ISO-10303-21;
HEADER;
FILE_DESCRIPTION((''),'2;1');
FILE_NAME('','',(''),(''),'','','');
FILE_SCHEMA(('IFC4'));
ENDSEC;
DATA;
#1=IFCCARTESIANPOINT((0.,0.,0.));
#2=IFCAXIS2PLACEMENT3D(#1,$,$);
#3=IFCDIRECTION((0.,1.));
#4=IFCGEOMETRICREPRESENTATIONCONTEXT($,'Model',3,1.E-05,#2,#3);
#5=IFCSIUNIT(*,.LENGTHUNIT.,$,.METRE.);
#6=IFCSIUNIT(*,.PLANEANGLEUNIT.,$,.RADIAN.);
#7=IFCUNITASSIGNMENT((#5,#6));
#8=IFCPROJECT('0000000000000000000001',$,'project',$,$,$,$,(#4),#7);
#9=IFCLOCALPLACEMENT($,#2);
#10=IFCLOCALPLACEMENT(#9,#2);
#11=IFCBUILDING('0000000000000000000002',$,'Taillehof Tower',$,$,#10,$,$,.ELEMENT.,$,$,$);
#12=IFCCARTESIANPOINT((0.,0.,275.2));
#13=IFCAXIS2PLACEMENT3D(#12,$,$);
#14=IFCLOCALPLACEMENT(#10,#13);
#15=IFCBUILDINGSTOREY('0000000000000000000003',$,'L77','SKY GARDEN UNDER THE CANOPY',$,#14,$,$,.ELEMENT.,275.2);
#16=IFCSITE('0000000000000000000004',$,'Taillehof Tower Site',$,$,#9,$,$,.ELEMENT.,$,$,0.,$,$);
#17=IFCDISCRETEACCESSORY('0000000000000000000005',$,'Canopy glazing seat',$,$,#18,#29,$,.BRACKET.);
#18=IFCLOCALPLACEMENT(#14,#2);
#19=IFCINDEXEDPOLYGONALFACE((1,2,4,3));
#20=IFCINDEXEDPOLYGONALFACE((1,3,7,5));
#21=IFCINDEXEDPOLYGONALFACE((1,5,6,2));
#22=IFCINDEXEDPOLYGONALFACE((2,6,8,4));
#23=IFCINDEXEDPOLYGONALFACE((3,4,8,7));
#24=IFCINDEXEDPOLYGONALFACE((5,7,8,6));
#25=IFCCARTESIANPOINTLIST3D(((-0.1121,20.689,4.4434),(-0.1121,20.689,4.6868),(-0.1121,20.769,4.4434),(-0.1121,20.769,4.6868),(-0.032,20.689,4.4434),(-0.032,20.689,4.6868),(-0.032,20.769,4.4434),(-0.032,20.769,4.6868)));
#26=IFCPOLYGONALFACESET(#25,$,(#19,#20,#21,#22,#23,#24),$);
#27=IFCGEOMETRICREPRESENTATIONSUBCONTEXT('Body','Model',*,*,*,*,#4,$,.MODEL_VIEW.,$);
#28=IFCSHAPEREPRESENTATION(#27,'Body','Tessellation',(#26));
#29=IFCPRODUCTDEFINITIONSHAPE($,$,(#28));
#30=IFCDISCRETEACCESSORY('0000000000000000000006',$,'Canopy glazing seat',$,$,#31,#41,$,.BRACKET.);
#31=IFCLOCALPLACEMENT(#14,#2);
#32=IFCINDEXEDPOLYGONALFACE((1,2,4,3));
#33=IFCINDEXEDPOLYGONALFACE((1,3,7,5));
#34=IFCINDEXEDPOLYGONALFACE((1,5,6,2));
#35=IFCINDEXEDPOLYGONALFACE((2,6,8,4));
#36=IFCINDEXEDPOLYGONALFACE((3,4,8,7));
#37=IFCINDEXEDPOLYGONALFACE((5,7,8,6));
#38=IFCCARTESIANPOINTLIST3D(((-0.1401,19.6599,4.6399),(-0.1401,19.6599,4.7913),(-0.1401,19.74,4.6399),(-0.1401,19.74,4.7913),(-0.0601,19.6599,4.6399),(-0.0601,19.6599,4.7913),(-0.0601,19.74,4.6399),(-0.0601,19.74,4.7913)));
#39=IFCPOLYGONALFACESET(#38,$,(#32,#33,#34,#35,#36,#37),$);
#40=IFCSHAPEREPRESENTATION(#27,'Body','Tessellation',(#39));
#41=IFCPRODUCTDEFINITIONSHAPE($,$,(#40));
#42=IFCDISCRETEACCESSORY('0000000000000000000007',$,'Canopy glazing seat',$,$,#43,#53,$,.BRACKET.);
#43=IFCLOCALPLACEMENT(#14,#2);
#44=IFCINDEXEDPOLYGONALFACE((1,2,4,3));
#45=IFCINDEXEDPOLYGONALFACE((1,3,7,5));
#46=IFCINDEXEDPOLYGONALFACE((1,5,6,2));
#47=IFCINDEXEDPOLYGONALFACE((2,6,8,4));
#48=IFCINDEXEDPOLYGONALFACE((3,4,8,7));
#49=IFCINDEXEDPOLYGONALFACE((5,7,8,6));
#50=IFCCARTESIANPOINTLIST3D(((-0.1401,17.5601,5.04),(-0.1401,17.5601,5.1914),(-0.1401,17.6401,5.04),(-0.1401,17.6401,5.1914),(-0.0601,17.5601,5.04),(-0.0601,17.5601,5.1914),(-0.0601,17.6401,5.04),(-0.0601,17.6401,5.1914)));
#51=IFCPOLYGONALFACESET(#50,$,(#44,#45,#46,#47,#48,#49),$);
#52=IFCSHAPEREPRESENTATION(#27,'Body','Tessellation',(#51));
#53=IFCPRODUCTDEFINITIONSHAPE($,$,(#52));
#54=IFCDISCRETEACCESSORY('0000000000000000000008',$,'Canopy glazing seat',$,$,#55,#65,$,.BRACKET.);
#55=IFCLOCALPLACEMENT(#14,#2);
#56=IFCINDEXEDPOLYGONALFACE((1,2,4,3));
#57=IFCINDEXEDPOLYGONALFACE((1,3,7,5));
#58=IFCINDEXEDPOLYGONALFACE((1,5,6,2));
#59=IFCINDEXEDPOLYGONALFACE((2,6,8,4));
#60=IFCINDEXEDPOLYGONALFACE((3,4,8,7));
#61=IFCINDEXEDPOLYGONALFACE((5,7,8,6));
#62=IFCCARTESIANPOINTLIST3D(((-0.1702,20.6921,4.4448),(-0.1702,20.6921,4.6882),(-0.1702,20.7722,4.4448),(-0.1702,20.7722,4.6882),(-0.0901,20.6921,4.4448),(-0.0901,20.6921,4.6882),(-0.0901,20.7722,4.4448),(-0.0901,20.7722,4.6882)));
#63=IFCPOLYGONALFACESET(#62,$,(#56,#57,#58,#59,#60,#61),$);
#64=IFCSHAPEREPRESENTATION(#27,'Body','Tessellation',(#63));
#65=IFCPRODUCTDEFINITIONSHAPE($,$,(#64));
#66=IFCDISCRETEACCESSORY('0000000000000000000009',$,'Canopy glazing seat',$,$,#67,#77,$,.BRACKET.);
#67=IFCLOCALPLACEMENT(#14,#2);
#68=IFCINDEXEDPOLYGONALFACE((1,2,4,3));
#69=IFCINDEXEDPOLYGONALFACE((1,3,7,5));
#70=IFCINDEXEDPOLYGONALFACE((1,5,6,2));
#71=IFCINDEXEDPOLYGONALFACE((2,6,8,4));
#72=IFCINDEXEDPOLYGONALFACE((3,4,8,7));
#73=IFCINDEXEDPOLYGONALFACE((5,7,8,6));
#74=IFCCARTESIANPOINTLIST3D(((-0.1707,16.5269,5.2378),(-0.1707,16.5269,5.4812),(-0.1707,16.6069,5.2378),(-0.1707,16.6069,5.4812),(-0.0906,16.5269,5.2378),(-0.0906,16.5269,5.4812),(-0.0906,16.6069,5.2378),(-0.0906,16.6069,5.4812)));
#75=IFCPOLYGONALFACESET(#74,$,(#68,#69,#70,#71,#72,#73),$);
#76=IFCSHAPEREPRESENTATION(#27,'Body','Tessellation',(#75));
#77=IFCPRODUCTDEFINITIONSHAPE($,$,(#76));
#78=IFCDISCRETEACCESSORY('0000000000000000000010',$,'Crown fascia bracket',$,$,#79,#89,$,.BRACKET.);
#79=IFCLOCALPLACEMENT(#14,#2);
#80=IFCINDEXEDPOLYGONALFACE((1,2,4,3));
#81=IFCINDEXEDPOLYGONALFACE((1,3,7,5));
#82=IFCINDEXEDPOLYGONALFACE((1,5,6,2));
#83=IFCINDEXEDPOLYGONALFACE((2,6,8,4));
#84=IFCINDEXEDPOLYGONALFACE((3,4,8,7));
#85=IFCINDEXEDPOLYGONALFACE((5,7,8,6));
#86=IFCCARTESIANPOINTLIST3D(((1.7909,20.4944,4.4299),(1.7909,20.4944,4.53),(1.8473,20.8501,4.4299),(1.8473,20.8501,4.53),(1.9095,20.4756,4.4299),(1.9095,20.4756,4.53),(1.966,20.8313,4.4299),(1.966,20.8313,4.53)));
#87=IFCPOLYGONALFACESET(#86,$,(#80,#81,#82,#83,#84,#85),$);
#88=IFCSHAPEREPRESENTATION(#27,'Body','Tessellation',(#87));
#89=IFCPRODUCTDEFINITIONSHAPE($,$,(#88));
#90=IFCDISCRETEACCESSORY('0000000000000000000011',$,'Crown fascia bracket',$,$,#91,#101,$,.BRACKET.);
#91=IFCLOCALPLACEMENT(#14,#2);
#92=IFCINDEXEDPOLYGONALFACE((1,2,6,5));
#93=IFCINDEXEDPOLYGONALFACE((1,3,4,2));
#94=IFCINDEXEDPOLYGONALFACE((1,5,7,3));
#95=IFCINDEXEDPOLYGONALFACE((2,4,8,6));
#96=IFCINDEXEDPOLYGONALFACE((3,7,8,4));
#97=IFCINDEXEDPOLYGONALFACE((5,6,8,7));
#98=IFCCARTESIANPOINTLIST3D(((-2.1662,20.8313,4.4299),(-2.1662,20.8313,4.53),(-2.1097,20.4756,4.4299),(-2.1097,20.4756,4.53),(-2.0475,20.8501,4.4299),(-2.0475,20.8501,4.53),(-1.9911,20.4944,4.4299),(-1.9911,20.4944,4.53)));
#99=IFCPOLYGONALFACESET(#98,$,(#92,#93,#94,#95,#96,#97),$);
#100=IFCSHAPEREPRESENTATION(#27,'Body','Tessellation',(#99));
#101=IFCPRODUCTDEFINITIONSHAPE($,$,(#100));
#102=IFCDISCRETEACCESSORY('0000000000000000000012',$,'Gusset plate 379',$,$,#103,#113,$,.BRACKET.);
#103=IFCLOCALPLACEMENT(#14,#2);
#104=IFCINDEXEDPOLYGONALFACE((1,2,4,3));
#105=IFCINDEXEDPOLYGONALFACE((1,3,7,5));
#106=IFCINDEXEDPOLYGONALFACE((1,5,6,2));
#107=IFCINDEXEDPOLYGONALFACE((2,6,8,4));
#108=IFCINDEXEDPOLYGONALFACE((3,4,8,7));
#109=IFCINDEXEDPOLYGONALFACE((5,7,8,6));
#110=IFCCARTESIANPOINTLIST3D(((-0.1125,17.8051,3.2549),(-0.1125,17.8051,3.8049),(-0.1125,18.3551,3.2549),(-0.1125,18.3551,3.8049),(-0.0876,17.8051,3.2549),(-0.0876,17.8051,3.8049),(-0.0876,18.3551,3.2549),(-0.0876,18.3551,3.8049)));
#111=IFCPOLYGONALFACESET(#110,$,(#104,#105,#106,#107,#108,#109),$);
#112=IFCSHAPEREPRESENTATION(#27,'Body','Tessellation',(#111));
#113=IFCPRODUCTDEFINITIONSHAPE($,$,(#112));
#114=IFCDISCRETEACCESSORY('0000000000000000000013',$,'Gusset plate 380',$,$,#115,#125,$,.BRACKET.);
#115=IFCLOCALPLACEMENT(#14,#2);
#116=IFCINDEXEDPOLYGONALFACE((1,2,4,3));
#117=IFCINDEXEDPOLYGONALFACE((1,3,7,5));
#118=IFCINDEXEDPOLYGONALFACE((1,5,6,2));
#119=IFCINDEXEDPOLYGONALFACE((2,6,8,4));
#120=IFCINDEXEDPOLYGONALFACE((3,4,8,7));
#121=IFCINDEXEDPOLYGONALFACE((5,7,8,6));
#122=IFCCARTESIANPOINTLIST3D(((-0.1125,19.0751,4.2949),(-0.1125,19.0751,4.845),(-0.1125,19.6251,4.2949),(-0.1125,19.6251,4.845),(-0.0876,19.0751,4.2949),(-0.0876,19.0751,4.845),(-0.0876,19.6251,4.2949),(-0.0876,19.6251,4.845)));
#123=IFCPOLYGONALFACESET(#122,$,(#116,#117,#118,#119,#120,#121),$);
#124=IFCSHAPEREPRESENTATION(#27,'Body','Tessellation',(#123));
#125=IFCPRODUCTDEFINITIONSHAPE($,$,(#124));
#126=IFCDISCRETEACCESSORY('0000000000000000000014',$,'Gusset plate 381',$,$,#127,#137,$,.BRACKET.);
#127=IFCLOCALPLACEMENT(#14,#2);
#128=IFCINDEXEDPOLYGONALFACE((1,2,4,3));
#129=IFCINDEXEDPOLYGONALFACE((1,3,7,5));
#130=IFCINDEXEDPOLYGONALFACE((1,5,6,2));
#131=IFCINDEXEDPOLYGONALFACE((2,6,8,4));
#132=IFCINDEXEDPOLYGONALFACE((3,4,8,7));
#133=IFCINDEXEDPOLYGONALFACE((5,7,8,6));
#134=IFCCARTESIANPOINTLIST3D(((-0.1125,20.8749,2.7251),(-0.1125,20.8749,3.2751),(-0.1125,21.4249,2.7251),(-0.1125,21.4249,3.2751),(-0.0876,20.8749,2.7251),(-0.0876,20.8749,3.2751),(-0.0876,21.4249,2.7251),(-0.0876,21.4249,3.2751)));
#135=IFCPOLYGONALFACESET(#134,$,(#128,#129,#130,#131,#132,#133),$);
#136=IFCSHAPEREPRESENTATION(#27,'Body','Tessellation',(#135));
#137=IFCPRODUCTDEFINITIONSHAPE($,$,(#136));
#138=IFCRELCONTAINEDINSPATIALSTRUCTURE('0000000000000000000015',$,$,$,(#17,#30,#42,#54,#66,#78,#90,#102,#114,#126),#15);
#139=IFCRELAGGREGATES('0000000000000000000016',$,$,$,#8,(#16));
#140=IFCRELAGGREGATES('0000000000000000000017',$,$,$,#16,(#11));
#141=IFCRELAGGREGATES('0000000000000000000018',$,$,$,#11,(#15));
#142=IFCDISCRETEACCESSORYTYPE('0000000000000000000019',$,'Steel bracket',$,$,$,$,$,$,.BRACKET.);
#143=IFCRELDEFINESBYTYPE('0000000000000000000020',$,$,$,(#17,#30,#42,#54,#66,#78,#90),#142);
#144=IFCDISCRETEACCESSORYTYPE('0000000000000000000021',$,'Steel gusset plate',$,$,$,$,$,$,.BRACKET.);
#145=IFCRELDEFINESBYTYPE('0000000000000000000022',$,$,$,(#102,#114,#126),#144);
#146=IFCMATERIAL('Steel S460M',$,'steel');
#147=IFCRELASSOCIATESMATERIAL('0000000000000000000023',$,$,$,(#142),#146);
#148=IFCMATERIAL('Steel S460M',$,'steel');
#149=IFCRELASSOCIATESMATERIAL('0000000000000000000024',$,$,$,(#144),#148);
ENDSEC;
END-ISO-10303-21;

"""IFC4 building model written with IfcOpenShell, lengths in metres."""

from ifc_helpers import new_model, si_unit, direction, frame, origin, origin_2d, place, context, subcontext, project, spatial, rectangle, extrude, material, type_object, element, save


model = new_model("IFC4")

# Units and contexts
model_context = context("Model", 3, precision=1e-05, world=origin(), true_north=direction((0.0, 1.0)))
body_context = subcontext(model_context, "Body", "Model", "MODEL_VIEW")
ifc_project = project(units=[si_unit("LENGTHUNIT", "METRE"), si_unit("PLANEANGLEUNIT", "RADIAN")], contexts=[model_context])

# Site, building, storey
site_placement = place(None, origin())
site = spatial("IfcSite", under=ifc_project, at=site_placement, Name="Taillehof Tower Site", CompositionType="ELEMENT", RefElevation=0.0)
building_placement = place(site_placement, origin())
building = spatial("IfcBuilding", under=site, at=building_placement, Name="Taillehof Tower", CompositionType="ELEMENT")
storey_placement = place(building_placement, frame((0.0, 0.0, 275.2)))
storey = spatial("IfcBuildingStorey", under=building, at=storey_placement, Name="L77", Description="SKY GARDEN UNDER THE CANOPY", CompositionType="ELEMENT", Elevation=275.2)

# Discrete accessories
ifc_material_1 = material(Name="Steel S460M", Category="steel")
discrete_accessory_type_1 = type_object("IfcDiscreteAccessoryType", Name="Steel bracket", PredefinedType="BRACKET", material=ifc_material_1)
discrete_accessory_placement = place(storey_placement, frame((-0.072, 20.729, 4.4434), z_axis=(0.0, 0.0, 1.0), x_axis=(1.0, 0.0, 0.0)))
element("IfcDiscreteAccessory", 1, at=discrete_accessory_placement, inside=storey, type_object=discrete_accessory_type_1, Name="Canopy glazing seat", PredefinedType="BRACKET", context=body_context, shape_type="SweptSolid", body=[
    extrude(rectangle(XDim=0.0801, YDim=0.0801, at=origin_2d()), origin(), (0.0, 0.0, 1.0), 0.2434),
])
for number, where, z_axis, x_axis, name in (
    (2, (-0.1001, 19.7, 4.6399), (0.0, 0.0, 1.0), (0.0, -1.0, 0.0), "Canopy glazing seat"),
    (3, (-0.1001, 17.6001, 5.04), (0.0, 0.0, 1.0), (0.0, -1.0, 0.0), "Canopy glazing seat"),
):
    element("IfcDiscreteAccessory", number, at=place(storey_placement, frame(where, z_axis=z_axis, x_axis=x_axis)), inside=storey, type_object=discrete_accessory_type_1, Name=name, PredefinedType="BRACKET", context=body_context, shape_type="SweptSolid", body=[
        extrude(rectangle(XDim=0.0801, YDim=0.0801, at=origin_2d()), origin(), (0.0, 0.0, 1.0), 0.1514),
    ])
for number, where, z_axis, x_axis, name in (
    (4, (-0.1301, 20.7322, 4.4448), (0.0, 0.0, 1.0), (1.0, 0.0, 0.0), "Canopy glazing seat"),
    (5, (-0.1306, 16.5669, 5.2378), (0.0, 0.0, 1.0), (1.0, 0.0, 0.0), "Canopy glazing seat"),
):
    element("IfcDiscreteAccessory", number, at=place(storey_placement, frame(where, z_axis=z_axis, x_axis=x_axis)), inside=storey, type_object=discrete_accessory_type_1, Name=name, PredefinedType="BRACKET", context=body_context, shape_type="SweptSolid", body=[
        extrude(rectangle(XDim=0.0801, YDim=0.0801, at=origin_2d()), origin(), (0.0, 0.0, 1.0), 0.2434),
    ])
for number, where, z_axis, x_axis, name in (
    (6, (1.8784, 20.6628, 4.4299), (0.0, 0.0, 1.0), (0.156802, 0.98763, 0.0), "Crown fascia bracket"),
    (7, (-2.0786, 20.6628, 4.4299), (0.0, 0.0, 1.0), (-0.156802, 0.98763, 0.0), "Crown fascia bracket"),
):
    element("IfcDiscreteAccessory", number, at=place(storey_placement, frame(where, z_axis=z_axis, x_axis=x_axis)), inside=storey, type_object=discrete_accessory_type_1, Name=name, PredefinedType="BRACKET", context=body_context, shape_type="SweptSolid", body=[
        extrude(rectangle(XDim=0.3601, YDim=0.1201, at=origin_2d()), origin(), (0.0, 0.0, 1.0), 0.1001),
    ])
ifc_material_2 = material(Name="Steel S460M", Category="steel")
discrete_accessory_type_2 = type_object("IfcDiscreteAccessoryType", Name="Steel gusset plate", PredefinedType="BRACKET", material=ifc_material_2)
for number, where, z_axis, x_axis, name in (
    (8, (-0.1001, 18.0801, 3.2549), (0.0, 0.0, 1.0), (0.0, -1.0, 0.0), "Gusset plate 379"),
    (9, (-0.1001, 19.3501, 4.2949), (0.0, 0.0, 1.0), (0.0, -1.0, 0.0), "Gusset plate 380"),
    (10, (-0.1001, 21.1499, 2.7251), (0.0, 0.0, 1.0), (0.0, -1.0, 0.0), "Gusset plate 381"),
):
    element("IfcDiscreteAccessory", number, at=place(storey_placement, frame(where, z_axis=z_axis, x_axis=x_axis)), inside=storey, type_object=discrete_accessory_type_2, Name=name, PredefinedType="BRACKET", context=body_context, shape_type="SweptSolid", body=[
        extrude(rectangle(XDim=0.55, YDim=0.0249, at=origin_2d()), origin(), (0.0, 0.0, 1.0), 0.55),
    ])

save(model, "model.ifc")
